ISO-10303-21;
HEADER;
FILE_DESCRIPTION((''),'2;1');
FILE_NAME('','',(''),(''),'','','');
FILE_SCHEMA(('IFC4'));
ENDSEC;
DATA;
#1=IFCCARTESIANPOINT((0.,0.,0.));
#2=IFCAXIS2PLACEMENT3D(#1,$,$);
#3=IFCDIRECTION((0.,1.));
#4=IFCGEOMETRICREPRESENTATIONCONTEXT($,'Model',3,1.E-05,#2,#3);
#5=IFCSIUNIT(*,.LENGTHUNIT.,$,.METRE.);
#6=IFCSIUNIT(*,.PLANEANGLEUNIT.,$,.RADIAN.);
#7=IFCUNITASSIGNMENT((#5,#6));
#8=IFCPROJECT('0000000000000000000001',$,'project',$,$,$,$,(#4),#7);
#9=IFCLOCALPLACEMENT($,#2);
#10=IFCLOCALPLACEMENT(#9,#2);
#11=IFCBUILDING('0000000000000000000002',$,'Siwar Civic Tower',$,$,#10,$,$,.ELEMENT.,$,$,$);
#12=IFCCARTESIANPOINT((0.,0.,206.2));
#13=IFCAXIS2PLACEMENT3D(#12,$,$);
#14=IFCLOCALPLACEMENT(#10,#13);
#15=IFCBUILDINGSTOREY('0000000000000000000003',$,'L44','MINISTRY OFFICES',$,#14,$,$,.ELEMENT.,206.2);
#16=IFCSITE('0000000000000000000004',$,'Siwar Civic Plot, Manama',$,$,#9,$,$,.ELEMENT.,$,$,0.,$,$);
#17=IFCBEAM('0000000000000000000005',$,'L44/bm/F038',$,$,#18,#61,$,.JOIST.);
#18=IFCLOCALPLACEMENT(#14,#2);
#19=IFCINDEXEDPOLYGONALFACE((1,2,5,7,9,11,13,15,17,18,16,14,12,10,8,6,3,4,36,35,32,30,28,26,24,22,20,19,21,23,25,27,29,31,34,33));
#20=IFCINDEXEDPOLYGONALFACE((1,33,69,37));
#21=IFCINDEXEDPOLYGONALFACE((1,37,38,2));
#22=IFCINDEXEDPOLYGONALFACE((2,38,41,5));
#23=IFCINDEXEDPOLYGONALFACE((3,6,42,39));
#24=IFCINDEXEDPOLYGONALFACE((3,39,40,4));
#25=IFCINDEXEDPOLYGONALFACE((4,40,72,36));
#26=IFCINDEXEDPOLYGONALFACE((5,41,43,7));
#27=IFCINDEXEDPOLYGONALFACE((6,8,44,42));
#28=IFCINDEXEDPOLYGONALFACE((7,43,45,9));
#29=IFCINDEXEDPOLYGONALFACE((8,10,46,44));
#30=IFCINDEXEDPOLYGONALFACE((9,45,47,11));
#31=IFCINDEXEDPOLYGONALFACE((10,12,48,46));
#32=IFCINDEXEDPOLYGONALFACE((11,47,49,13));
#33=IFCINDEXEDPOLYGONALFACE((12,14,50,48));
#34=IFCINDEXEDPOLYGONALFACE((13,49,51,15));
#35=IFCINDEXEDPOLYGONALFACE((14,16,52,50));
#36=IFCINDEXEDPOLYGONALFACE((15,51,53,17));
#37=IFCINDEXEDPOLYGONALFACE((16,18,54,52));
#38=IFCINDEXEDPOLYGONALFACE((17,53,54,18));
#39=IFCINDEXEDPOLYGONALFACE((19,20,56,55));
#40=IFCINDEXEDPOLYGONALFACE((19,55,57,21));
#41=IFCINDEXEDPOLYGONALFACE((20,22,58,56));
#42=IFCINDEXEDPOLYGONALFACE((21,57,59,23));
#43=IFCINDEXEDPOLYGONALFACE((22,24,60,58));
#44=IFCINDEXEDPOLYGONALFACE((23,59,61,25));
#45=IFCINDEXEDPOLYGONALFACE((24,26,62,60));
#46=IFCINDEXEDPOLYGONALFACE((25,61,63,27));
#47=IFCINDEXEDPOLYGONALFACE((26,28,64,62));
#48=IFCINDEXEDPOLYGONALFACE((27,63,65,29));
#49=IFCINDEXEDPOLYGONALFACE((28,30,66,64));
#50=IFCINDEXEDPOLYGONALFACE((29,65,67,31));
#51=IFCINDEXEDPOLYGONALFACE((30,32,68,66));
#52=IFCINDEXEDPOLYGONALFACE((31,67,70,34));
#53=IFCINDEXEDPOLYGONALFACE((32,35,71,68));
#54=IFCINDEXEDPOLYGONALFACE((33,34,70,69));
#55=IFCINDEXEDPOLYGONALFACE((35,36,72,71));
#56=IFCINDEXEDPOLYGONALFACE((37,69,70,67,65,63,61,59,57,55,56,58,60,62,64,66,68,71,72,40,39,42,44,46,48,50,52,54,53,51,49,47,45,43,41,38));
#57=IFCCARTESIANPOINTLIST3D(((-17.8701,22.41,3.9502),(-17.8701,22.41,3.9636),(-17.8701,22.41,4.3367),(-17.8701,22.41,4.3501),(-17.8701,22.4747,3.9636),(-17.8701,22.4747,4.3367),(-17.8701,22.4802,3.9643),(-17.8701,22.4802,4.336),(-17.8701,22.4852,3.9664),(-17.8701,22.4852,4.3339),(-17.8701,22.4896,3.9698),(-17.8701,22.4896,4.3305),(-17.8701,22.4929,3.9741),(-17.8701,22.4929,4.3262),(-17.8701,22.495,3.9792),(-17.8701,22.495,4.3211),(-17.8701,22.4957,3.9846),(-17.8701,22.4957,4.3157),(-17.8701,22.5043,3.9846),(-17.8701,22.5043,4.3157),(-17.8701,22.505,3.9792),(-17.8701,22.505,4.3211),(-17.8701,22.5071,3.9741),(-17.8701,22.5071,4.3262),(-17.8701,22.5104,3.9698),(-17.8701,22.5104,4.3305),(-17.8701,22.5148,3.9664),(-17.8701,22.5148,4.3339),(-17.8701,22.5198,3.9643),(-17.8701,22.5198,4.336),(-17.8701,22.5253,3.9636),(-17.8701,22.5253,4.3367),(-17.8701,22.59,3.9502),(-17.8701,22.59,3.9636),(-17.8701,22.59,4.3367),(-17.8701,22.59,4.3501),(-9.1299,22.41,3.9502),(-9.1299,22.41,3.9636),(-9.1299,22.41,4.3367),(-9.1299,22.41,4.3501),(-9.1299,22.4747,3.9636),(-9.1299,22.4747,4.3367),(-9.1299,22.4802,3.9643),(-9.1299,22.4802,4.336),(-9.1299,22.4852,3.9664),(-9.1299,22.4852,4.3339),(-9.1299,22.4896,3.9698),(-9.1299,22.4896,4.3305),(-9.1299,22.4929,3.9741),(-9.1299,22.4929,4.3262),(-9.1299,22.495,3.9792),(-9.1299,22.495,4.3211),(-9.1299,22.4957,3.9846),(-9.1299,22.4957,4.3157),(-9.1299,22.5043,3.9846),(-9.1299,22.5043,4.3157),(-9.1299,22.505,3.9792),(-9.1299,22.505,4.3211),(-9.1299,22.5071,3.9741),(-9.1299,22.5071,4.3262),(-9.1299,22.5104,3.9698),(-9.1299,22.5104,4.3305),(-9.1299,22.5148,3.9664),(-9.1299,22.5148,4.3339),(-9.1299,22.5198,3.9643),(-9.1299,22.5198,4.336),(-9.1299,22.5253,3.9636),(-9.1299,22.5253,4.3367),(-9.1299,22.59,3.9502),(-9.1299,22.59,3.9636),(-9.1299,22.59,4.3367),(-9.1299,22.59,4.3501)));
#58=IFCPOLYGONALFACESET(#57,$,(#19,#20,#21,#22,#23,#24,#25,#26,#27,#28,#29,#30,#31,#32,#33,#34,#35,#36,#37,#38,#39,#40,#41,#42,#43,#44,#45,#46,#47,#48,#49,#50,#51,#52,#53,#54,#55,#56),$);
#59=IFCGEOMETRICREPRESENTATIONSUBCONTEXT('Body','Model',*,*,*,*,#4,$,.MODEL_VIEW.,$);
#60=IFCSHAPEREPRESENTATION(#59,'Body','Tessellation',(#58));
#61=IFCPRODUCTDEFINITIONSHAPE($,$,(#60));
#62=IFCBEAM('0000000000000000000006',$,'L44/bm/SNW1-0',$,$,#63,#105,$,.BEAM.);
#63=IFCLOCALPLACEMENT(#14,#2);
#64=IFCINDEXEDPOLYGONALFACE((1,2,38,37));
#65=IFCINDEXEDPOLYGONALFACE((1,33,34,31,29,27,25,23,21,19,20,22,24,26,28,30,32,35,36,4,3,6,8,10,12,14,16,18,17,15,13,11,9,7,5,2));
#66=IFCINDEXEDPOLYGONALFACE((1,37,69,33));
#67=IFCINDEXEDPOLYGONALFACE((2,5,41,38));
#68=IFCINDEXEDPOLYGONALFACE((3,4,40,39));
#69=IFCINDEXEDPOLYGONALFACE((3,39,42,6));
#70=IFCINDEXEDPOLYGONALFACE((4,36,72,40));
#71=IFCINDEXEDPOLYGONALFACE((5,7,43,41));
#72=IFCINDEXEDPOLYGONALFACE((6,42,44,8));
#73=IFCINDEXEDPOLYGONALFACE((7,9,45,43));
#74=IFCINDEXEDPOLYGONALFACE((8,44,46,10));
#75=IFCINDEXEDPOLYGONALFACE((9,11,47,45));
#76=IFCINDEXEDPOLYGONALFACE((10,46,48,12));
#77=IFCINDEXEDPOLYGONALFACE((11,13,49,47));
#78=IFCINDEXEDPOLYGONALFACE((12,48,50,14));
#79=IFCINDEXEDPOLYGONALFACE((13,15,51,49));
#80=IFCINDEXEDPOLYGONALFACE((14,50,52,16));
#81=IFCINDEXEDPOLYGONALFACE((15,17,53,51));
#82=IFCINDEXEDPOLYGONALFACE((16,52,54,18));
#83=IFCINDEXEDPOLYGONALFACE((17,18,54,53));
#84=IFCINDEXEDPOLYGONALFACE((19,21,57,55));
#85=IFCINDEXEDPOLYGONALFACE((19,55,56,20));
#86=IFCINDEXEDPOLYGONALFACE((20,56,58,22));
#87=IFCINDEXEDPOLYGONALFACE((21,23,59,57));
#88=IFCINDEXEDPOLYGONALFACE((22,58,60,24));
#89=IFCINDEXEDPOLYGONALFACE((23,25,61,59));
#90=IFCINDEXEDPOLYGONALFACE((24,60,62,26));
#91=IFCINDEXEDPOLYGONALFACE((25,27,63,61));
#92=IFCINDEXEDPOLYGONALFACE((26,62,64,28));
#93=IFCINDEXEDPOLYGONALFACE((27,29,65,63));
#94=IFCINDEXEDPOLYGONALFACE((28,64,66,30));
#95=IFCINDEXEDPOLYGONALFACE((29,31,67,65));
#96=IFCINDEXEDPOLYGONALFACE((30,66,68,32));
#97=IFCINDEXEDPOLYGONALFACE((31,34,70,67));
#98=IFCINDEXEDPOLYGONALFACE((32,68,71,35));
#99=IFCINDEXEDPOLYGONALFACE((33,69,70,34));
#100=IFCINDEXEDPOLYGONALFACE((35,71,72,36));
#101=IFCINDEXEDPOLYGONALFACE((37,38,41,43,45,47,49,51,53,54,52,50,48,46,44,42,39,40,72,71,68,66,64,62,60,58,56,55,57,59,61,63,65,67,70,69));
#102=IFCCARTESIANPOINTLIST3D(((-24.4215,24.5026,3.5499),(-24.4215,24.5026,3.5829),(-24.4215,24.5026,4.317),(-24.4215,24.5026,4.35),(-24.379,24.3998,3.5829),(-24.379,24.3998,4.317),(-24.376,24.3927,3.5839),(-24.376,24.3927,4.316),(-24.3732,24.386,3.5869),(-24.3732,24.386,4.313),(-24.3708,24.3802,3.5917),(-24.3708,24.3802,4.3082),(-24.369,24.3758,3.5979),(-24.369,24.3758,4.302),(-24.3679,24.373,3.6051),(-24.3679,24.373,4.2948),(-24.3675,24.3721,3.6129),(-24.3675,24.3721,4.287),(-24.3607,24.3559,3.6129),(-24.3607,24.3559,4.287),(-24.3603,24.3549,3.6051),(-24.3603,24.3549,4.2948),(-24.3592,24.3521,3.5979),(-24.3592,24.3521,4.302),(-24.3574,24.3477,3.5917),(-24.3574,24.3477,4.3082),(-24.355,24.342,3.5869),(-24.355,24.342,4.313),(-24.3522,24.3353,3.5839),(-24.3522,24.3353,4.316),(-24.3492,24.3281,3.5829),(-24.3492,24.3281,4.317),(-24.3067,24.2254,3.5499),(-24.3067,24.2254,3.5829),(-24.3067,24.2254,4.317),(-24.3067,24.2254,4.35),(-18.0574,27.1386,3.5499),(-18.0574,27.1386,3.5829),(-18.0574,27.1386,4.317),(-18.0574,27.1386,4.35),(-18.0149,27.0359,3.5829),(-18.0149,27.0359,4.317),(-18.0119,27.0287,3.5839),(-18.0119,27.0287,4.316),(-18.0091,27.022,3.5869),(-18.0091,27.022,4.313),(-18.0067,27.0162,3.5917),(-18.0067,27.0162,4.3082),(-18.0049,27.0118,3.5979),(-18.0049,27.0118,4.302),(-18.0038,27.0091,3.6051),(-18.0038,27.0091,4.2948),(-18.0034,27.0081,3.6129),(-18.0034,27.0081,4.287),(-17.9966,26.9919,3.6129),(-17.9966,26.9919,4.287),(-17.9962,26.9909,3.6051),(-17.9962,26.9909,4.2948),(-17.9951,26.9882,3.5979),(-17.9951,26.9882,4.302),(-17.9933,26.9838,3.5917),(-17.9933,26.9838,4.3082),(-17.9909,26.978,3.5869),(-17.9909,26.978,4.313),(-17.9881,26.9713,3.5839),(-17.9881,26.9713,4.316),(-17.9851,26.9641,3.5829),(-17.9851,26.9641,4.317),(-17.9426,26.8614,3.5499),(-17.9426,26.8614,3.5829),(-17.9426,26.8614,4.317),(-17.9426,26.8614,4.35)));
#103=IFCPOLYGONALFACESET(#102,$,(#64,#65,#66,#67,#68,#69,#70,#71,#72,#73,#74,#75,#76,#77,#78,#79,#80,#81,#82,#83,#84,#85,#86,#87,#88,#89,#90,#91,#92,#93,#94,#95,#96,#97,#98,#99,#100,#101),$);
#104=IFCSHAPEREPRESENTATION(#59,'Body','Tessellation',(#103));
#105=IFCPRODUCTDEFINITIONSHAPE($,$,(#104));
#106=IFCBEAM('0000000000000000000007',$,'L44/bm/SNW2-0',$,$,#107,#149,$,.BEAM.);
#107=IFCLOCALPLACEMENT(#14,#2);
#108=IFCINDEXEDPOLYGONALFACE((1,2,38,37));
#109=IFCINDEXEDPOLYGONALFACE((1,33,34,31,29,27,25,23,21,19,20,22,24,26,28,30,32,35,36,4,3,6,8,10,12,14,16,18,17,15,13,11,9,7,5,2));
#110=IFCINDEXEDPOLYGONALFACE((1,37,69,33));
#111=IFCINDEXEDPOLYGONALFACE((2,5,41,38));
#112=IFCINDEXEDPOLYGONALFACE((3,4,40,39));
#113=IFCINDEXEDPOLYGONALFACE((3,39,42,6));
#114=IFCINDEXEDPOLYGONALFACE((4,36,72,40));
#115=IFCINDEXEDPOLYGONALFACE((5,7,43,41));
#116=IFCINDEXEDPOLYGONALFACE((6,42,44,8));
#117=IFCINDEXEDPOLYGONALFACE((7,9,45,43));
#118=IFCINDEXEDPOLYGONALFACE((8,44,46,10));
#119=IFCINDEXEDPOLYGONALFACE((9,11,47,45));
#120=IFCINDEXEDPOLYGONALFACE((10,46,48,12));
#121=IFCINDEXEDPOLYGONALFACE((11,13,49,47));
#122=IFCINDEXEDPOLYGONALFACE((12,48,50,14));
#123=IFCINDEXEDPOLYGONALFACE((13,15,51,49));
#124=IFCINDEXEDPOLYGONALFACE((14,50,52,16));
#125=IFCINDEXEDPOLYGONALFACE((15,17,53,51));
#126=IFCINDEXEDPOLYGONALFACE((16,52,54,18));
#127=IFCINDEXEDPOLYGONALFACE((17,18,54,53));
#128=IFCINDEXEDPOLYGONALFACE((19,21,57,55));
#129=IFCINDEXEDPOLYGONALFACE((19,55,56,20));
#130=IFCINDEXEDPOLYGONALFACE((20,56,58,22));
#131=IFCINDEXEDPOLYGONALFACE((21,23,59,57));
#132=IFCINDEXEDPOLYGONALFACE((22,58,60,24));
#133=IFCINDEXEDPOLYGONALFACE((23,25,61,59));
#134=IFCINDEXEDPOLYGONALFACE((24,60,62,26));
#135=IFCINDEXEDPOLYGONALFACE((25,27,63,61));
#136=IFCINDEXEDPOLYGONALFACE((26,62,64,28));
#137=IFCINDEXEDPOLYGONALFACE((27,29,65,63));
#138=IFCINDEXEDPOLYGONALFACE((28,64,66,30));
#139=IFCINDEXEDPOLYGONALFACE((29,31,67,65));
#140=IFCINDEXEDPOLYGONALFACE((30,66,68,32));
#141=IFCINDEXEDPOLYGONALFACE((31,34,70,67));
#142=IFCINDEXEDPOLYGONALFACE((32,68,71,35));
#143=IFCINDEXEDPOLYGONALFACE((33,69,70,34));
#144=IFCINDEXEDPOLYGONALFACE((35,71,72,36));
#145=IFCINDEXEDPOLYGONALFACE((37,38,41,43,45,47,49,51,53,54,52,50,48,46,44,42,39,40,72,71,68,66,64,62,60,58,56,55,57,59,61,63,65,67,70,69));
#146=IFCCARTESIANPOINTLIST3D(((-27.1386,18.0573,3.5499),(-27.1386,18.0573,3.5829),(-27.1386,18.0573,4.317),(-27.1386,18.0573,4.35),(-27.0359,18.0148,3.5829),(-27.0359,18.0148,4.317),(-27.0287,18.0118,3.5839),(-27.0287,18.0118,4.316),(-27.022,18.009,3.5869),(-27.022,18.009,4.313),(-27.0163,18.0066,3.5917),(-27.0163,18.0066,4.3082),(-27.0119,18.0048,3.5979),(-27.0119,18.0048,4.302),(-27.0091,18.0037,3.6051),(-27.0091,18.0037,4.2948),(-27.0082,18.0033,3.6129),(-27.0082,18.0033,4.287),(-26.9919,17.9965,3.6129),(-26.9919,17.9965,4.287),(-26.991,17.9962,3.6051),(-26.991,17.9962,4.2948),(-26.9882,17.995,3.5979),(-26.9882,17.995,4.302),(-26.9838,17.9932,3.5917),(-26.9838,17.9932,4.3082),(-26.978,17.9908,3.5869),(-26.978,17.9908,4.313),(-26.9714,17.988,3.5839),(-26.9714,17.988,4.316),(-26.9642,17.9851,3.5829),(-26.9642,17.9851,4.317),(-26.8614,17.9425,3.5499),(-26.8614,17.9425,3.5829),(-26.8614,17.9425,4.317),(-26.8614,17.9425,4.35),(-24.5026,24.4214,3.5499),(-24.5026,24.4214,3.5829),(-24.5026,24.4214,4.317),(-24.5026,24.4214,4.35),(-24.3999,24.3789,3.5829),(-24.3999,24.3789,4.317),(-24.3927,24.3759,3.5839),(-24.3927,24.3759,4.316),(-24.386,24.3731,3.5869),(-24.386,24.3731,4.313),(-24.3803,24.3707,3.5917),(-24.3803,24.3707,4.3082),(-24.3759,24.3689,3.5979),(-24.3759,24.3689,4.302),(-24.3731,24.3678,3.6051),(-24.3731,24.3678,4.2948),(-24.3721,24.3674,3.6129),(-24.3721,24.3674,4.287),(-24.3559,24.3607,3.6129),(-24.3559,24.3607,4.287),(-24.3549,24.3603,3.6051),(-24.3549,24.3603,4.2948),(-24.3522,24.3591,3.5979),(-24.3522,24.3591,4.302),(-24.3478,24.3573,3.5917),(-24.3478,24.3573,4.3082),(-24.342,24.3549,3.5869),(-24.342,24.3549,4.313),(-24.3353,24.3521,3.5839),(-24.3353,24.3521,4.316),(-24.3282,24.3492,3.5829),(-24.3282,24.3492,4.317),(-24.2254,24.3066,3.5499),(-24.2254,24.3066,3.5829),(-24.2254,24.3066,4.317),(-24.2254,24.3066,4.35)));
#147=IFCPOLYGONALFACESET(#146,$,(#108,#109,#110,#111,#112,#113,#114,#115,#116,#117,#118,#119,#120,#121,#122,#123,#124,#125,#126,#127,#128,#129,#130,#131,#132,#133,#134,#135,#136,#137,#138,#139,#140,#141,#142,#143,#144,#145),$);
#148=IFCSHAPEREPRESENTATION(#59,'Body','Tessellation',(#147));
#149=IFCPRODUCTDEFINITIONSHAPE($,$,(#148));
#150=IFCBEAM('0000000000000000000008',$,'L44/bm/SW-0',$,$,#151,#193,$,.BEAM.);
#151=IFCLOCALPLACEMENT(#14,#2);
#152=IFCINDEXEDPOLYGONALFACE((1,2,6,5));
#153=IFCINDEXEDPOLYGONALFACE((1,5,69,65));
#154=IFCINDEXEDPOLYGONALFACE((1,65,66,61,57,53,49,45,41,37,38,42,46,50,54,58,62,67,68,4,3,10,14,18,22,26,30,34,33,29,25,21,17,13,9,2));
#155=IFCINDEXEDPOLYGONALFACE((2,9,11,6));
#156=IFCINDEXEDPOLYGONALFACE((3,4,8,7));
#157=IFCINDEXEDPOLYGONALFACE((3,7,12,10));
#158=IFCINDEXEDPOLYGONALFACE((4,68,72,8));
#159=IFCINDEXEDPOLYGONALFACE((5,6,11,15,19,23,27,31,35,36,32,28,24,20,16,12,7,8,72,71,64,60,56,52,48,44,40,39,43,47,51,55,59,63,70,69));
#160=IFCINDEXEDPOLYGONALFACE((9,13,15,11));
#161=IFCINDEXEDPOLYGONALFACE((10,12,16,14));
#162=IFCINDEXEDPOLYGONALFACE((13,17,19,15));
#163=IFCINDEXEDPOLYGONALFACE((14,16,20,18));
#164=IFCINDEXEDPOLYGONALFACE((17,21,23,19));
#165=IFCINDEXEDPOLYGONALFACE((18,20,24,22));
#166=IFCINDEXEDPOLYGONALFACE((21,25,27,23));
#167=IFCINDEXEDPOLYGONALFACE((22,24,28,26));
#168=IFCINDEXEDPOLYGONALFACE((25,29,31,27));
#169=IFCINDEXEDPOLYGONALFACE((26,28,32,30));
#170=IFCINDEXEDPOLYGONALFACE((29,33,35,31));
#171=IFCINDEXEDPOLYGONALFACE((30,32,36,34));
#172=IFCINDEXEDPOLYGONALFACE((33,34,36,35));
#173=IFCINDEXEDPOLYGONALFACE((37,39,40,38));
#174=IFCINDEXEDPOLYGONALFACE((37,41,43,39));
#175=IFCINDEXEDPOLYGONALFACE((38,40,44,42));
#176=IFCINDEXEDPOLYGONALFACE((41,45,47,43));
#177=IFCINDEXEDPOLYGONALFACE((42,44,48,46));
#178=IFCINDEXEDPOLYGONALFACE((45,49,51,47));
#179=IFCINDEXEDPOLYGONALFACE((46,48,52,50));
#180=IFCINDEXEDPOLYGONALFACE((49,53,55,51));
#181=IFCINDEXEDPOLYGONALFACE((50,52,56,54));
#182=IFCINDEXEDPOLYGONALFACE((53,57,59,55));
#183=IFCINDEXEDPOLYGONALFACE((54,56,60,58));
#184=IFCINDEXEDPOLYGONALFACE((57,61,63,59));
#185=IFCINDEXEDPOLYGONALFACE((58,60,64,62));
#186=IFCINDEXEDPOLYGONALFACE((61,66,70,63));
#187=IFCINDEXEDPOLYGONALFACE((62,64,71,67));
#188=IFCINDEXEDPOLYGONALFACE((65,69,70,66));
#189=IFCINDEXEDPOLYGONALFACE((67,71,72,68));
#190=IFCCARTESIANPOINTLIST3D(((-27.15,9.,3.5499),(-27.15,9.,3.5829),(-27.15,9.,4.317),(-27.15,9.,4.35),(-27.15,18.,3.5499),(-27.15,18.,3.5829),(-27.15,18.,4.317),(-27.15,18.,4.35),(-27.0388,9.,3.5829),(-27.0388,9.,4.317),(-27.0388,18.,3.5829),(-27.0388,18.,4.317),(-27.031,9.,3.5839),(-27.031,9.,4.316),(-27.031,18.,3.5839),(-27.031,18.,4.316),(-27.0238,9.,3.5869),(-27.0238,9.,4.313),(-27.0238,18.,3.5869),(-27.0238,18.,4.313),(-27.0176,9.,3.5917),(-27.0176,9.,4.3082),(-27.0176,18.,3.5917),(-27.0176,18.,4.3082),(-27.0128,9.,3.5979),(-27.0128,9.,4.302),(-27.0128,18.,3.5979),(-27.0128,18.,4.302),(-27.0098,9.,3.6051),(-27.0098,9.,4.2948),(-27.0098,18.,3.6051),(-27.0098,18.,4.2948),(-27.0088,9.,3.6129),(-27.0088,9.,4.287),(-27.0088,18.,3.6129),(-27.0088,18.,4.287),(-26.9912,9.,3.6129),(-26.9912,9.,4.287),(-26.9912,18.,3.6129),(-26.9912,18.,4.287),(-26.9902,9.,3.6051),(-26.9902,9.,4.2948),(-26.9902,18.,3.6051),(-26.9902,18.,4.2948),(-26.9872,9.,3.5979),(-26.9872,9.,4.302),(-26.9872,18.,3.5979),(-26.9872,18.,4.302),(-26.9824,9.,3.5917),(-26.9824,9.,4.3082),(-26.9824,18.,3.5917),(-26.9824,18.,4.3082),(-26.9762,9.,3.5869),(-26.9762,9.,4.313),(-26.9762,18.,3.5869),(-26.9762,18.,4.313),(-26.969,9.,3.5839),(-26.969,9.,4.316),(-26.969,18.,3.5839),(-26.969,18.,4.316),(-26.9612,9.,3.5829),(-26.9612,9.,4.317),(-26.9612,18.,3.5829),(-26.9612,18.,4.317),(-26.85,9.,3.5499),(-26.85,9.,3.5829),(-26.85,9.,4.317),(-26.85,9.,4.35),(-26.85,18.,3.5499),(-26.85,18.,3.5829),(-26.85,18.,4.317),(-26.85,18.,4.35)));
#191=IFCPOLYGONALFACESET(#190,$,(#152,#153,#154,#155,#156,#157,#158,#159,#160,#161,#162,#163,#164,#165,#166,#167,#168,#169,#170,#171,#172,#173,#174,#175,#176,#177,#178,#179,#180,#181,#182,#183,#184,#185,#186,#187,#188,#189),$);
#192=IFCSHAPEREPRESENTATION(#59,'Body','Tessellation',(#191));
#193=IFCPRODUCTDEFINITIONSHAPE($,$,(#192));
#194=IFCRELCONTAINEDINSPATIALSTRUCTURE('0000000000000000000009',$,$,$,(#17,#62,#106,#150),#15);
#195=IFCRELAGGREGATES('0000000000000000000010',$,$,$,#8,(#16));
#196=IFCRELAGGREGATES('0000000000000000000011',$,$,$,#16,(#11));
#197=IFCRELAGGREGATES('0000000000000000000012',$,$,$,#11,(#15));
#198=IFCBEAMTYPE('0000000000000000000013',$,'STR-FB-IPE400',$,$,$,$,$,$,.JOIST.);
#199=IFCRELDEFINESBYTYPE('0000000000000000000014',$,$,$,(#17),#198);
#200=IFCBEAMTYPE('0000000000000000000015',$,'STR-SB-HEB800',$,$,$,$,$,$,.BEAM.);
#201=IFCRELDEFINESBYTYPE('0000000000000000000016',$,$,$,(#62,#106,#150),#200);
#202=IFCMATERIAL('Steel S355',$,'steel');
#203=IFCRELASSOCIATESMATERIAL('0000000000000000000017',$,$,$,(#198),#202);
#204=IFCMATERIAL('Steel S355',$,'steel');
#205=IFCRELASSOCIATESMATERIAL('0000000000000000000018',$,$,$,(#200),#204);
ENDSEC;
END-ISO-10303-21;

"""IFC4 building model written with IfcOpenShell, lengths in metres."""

from ifc_helpers import new_model, si_unit, direction, frame, origin, origin_2d, place, context, subcontext, project, spatial, i_section, extrude, material, material_profile, profile_set, type_object, element, save


model = new_model("IFC4")

# Units and contexts
model_context = context("Model", 3, precision=1e-05, world=origin(), true_north=direction((0.0, 1.0)))
body_context = subcontext(model_context, "Body", "Model", "MODEL_VIEW")
ifc_project = project(units=[si_unit("LENGTHUNIT", "METRE"), si_unit("PLANEANGLEUNIT", "RADIAN")], contexts=[model_context])

# Site, building, storey
site_placement = place(None, origin())
site = spatial("IfcSite", under=ifc_project, at=site_placement, Name="Siwar Civic Plot, Manama", CompositionType="ELEMENT", RefElevation=0.0)
building_placement = place(site_placement, origin())
building = spatial("IfcBuilding", under=site, at=building_placement, Name="Siwar Civic Tower", CompositionType="ELEMENT")
storey_placement = place(building_placement, frame((0.0, 0.0, 206.2)))
storey = spatial("IfcBuildingStorey", under=building, at=storey_placement, Name="L44", Description="MINISTRY OFFICES", CompositionType="ELEMENT", Elevation=206.2)

# Beams
ifc_material_1 = material(Name="Steel S355", Category="steel")
ifc_material_profile_1 = material_profile(ifc_material_1, i_section(OverallWidth=0.1799, OverallDepth=0.3999, WebThickness=0.0085, FlangeThickness=0.0134, FilletRadius=0.021, at=origin_2d()), Name="IPE400")
ifc_profile_set_1 = profile_set([ifc_material_profile_1], Name="Steel S355")
beam_type_1 = type_object("IfcBeamType", Name="STR-FB-IPE400", PredefinedType="JOIST", material=ifc_profile_set_1)
beam_1_placement = place(storey_placement, frame((-17.8701, 22.5, 4.1501), z_axis=(1.0, 0.0, 0.0), x_axis=(0.0, 1.0, 0.0)))
element("IfcBeam", 1, at=beam_1_placement, inside=storey, type_object=beam_type_1, Name="L44/bm/F038", PredefinedType="JOIST", context=body_context, shape_type="SweptSolid", body=[
    extrude(i_section(OverallWidth=0.1799, OverallDepth=0.3999, WebThickness=0.0085, FlangeThickness=0.0134, FilletRadius=0.021, at=origin_2d()), origin(), (0.0, 0.0, 1.0), 8.7402),
])
ifc_material_2 = material(Name="Steel S355", Category="steel")
ifc_material_profile_2 = material_profile(ifc_material_2, i_section(OverallWidth=0.3, OverallDepth=0.8, WebThickness=0.0176, FlangeThickness=0.033, FilletRadius=0.03, at=origin_2d()), Name="HEB800")
ifc_profile_set_2 = profile_set([ifc_material_profile_2], Name="Steel S355")
beam_type_2 = type_object("IfcBeamType", Name="STR-SB-HEB800", PredefinedType="BEAM", material=ifc_profile_set_2)
for number, where, z_axis, x_axis, name in (
    (2, (-18.0, 27.0, 3.95), (-0.923883, -0.382674, 0.0), (0.382674, -0.923883, 0.0), "L44/bm/SNW1-0"),
    (3, (-24.364, 24.364, 3.95), (-0.382674, -0.923883, 0.0), (0.923883, -0.382674, 0.0), "L44/bm/SNW2-0"),
):
    element("IfcBeam", number, at=place(storey_placement, frame(where, z_axis=z_axis, x_axis=x_axis)), inside=storey, type_object=beam_type_2, Name=name, PredefinedType="BEAM", context=body_context, shape_type="SweptSolid", body=[
        extrude(i_section(OverallWidth=0.3, OverallDepth=0.8, WebThickness=0.0176, FlangeThickness=0.033, FilletRadius=0.03, at=origin_2d()), origin(), (0.0, 0.0, 1.0), 6.8884),
    ])
beam_2_placement = place(storey_placement, frame((-27.0, 18.0, 3.95), z_axis=(0.0, -1.0, 0.0), x_axis=(1.0, 0.0, 0.0)))
element("IfcBeam", 4, at=beam_2_placement, inside=storey, type_object=beam_type_2, Name="L44/bm/SW-0", PredefinedType="BEAM", context=body_context, shape_type="SweptSolid", body=[
    extrude(i_section(OverallWidth=0.3, OverallDepth=0.8, WebThickness=0.0176, FlangeThickness=0.033, FilletRadius=0.03, at=origin_2d()), origin(), (0.0, 0.0, 1.0), 9.0),
])

save(model, "model.ifc")
